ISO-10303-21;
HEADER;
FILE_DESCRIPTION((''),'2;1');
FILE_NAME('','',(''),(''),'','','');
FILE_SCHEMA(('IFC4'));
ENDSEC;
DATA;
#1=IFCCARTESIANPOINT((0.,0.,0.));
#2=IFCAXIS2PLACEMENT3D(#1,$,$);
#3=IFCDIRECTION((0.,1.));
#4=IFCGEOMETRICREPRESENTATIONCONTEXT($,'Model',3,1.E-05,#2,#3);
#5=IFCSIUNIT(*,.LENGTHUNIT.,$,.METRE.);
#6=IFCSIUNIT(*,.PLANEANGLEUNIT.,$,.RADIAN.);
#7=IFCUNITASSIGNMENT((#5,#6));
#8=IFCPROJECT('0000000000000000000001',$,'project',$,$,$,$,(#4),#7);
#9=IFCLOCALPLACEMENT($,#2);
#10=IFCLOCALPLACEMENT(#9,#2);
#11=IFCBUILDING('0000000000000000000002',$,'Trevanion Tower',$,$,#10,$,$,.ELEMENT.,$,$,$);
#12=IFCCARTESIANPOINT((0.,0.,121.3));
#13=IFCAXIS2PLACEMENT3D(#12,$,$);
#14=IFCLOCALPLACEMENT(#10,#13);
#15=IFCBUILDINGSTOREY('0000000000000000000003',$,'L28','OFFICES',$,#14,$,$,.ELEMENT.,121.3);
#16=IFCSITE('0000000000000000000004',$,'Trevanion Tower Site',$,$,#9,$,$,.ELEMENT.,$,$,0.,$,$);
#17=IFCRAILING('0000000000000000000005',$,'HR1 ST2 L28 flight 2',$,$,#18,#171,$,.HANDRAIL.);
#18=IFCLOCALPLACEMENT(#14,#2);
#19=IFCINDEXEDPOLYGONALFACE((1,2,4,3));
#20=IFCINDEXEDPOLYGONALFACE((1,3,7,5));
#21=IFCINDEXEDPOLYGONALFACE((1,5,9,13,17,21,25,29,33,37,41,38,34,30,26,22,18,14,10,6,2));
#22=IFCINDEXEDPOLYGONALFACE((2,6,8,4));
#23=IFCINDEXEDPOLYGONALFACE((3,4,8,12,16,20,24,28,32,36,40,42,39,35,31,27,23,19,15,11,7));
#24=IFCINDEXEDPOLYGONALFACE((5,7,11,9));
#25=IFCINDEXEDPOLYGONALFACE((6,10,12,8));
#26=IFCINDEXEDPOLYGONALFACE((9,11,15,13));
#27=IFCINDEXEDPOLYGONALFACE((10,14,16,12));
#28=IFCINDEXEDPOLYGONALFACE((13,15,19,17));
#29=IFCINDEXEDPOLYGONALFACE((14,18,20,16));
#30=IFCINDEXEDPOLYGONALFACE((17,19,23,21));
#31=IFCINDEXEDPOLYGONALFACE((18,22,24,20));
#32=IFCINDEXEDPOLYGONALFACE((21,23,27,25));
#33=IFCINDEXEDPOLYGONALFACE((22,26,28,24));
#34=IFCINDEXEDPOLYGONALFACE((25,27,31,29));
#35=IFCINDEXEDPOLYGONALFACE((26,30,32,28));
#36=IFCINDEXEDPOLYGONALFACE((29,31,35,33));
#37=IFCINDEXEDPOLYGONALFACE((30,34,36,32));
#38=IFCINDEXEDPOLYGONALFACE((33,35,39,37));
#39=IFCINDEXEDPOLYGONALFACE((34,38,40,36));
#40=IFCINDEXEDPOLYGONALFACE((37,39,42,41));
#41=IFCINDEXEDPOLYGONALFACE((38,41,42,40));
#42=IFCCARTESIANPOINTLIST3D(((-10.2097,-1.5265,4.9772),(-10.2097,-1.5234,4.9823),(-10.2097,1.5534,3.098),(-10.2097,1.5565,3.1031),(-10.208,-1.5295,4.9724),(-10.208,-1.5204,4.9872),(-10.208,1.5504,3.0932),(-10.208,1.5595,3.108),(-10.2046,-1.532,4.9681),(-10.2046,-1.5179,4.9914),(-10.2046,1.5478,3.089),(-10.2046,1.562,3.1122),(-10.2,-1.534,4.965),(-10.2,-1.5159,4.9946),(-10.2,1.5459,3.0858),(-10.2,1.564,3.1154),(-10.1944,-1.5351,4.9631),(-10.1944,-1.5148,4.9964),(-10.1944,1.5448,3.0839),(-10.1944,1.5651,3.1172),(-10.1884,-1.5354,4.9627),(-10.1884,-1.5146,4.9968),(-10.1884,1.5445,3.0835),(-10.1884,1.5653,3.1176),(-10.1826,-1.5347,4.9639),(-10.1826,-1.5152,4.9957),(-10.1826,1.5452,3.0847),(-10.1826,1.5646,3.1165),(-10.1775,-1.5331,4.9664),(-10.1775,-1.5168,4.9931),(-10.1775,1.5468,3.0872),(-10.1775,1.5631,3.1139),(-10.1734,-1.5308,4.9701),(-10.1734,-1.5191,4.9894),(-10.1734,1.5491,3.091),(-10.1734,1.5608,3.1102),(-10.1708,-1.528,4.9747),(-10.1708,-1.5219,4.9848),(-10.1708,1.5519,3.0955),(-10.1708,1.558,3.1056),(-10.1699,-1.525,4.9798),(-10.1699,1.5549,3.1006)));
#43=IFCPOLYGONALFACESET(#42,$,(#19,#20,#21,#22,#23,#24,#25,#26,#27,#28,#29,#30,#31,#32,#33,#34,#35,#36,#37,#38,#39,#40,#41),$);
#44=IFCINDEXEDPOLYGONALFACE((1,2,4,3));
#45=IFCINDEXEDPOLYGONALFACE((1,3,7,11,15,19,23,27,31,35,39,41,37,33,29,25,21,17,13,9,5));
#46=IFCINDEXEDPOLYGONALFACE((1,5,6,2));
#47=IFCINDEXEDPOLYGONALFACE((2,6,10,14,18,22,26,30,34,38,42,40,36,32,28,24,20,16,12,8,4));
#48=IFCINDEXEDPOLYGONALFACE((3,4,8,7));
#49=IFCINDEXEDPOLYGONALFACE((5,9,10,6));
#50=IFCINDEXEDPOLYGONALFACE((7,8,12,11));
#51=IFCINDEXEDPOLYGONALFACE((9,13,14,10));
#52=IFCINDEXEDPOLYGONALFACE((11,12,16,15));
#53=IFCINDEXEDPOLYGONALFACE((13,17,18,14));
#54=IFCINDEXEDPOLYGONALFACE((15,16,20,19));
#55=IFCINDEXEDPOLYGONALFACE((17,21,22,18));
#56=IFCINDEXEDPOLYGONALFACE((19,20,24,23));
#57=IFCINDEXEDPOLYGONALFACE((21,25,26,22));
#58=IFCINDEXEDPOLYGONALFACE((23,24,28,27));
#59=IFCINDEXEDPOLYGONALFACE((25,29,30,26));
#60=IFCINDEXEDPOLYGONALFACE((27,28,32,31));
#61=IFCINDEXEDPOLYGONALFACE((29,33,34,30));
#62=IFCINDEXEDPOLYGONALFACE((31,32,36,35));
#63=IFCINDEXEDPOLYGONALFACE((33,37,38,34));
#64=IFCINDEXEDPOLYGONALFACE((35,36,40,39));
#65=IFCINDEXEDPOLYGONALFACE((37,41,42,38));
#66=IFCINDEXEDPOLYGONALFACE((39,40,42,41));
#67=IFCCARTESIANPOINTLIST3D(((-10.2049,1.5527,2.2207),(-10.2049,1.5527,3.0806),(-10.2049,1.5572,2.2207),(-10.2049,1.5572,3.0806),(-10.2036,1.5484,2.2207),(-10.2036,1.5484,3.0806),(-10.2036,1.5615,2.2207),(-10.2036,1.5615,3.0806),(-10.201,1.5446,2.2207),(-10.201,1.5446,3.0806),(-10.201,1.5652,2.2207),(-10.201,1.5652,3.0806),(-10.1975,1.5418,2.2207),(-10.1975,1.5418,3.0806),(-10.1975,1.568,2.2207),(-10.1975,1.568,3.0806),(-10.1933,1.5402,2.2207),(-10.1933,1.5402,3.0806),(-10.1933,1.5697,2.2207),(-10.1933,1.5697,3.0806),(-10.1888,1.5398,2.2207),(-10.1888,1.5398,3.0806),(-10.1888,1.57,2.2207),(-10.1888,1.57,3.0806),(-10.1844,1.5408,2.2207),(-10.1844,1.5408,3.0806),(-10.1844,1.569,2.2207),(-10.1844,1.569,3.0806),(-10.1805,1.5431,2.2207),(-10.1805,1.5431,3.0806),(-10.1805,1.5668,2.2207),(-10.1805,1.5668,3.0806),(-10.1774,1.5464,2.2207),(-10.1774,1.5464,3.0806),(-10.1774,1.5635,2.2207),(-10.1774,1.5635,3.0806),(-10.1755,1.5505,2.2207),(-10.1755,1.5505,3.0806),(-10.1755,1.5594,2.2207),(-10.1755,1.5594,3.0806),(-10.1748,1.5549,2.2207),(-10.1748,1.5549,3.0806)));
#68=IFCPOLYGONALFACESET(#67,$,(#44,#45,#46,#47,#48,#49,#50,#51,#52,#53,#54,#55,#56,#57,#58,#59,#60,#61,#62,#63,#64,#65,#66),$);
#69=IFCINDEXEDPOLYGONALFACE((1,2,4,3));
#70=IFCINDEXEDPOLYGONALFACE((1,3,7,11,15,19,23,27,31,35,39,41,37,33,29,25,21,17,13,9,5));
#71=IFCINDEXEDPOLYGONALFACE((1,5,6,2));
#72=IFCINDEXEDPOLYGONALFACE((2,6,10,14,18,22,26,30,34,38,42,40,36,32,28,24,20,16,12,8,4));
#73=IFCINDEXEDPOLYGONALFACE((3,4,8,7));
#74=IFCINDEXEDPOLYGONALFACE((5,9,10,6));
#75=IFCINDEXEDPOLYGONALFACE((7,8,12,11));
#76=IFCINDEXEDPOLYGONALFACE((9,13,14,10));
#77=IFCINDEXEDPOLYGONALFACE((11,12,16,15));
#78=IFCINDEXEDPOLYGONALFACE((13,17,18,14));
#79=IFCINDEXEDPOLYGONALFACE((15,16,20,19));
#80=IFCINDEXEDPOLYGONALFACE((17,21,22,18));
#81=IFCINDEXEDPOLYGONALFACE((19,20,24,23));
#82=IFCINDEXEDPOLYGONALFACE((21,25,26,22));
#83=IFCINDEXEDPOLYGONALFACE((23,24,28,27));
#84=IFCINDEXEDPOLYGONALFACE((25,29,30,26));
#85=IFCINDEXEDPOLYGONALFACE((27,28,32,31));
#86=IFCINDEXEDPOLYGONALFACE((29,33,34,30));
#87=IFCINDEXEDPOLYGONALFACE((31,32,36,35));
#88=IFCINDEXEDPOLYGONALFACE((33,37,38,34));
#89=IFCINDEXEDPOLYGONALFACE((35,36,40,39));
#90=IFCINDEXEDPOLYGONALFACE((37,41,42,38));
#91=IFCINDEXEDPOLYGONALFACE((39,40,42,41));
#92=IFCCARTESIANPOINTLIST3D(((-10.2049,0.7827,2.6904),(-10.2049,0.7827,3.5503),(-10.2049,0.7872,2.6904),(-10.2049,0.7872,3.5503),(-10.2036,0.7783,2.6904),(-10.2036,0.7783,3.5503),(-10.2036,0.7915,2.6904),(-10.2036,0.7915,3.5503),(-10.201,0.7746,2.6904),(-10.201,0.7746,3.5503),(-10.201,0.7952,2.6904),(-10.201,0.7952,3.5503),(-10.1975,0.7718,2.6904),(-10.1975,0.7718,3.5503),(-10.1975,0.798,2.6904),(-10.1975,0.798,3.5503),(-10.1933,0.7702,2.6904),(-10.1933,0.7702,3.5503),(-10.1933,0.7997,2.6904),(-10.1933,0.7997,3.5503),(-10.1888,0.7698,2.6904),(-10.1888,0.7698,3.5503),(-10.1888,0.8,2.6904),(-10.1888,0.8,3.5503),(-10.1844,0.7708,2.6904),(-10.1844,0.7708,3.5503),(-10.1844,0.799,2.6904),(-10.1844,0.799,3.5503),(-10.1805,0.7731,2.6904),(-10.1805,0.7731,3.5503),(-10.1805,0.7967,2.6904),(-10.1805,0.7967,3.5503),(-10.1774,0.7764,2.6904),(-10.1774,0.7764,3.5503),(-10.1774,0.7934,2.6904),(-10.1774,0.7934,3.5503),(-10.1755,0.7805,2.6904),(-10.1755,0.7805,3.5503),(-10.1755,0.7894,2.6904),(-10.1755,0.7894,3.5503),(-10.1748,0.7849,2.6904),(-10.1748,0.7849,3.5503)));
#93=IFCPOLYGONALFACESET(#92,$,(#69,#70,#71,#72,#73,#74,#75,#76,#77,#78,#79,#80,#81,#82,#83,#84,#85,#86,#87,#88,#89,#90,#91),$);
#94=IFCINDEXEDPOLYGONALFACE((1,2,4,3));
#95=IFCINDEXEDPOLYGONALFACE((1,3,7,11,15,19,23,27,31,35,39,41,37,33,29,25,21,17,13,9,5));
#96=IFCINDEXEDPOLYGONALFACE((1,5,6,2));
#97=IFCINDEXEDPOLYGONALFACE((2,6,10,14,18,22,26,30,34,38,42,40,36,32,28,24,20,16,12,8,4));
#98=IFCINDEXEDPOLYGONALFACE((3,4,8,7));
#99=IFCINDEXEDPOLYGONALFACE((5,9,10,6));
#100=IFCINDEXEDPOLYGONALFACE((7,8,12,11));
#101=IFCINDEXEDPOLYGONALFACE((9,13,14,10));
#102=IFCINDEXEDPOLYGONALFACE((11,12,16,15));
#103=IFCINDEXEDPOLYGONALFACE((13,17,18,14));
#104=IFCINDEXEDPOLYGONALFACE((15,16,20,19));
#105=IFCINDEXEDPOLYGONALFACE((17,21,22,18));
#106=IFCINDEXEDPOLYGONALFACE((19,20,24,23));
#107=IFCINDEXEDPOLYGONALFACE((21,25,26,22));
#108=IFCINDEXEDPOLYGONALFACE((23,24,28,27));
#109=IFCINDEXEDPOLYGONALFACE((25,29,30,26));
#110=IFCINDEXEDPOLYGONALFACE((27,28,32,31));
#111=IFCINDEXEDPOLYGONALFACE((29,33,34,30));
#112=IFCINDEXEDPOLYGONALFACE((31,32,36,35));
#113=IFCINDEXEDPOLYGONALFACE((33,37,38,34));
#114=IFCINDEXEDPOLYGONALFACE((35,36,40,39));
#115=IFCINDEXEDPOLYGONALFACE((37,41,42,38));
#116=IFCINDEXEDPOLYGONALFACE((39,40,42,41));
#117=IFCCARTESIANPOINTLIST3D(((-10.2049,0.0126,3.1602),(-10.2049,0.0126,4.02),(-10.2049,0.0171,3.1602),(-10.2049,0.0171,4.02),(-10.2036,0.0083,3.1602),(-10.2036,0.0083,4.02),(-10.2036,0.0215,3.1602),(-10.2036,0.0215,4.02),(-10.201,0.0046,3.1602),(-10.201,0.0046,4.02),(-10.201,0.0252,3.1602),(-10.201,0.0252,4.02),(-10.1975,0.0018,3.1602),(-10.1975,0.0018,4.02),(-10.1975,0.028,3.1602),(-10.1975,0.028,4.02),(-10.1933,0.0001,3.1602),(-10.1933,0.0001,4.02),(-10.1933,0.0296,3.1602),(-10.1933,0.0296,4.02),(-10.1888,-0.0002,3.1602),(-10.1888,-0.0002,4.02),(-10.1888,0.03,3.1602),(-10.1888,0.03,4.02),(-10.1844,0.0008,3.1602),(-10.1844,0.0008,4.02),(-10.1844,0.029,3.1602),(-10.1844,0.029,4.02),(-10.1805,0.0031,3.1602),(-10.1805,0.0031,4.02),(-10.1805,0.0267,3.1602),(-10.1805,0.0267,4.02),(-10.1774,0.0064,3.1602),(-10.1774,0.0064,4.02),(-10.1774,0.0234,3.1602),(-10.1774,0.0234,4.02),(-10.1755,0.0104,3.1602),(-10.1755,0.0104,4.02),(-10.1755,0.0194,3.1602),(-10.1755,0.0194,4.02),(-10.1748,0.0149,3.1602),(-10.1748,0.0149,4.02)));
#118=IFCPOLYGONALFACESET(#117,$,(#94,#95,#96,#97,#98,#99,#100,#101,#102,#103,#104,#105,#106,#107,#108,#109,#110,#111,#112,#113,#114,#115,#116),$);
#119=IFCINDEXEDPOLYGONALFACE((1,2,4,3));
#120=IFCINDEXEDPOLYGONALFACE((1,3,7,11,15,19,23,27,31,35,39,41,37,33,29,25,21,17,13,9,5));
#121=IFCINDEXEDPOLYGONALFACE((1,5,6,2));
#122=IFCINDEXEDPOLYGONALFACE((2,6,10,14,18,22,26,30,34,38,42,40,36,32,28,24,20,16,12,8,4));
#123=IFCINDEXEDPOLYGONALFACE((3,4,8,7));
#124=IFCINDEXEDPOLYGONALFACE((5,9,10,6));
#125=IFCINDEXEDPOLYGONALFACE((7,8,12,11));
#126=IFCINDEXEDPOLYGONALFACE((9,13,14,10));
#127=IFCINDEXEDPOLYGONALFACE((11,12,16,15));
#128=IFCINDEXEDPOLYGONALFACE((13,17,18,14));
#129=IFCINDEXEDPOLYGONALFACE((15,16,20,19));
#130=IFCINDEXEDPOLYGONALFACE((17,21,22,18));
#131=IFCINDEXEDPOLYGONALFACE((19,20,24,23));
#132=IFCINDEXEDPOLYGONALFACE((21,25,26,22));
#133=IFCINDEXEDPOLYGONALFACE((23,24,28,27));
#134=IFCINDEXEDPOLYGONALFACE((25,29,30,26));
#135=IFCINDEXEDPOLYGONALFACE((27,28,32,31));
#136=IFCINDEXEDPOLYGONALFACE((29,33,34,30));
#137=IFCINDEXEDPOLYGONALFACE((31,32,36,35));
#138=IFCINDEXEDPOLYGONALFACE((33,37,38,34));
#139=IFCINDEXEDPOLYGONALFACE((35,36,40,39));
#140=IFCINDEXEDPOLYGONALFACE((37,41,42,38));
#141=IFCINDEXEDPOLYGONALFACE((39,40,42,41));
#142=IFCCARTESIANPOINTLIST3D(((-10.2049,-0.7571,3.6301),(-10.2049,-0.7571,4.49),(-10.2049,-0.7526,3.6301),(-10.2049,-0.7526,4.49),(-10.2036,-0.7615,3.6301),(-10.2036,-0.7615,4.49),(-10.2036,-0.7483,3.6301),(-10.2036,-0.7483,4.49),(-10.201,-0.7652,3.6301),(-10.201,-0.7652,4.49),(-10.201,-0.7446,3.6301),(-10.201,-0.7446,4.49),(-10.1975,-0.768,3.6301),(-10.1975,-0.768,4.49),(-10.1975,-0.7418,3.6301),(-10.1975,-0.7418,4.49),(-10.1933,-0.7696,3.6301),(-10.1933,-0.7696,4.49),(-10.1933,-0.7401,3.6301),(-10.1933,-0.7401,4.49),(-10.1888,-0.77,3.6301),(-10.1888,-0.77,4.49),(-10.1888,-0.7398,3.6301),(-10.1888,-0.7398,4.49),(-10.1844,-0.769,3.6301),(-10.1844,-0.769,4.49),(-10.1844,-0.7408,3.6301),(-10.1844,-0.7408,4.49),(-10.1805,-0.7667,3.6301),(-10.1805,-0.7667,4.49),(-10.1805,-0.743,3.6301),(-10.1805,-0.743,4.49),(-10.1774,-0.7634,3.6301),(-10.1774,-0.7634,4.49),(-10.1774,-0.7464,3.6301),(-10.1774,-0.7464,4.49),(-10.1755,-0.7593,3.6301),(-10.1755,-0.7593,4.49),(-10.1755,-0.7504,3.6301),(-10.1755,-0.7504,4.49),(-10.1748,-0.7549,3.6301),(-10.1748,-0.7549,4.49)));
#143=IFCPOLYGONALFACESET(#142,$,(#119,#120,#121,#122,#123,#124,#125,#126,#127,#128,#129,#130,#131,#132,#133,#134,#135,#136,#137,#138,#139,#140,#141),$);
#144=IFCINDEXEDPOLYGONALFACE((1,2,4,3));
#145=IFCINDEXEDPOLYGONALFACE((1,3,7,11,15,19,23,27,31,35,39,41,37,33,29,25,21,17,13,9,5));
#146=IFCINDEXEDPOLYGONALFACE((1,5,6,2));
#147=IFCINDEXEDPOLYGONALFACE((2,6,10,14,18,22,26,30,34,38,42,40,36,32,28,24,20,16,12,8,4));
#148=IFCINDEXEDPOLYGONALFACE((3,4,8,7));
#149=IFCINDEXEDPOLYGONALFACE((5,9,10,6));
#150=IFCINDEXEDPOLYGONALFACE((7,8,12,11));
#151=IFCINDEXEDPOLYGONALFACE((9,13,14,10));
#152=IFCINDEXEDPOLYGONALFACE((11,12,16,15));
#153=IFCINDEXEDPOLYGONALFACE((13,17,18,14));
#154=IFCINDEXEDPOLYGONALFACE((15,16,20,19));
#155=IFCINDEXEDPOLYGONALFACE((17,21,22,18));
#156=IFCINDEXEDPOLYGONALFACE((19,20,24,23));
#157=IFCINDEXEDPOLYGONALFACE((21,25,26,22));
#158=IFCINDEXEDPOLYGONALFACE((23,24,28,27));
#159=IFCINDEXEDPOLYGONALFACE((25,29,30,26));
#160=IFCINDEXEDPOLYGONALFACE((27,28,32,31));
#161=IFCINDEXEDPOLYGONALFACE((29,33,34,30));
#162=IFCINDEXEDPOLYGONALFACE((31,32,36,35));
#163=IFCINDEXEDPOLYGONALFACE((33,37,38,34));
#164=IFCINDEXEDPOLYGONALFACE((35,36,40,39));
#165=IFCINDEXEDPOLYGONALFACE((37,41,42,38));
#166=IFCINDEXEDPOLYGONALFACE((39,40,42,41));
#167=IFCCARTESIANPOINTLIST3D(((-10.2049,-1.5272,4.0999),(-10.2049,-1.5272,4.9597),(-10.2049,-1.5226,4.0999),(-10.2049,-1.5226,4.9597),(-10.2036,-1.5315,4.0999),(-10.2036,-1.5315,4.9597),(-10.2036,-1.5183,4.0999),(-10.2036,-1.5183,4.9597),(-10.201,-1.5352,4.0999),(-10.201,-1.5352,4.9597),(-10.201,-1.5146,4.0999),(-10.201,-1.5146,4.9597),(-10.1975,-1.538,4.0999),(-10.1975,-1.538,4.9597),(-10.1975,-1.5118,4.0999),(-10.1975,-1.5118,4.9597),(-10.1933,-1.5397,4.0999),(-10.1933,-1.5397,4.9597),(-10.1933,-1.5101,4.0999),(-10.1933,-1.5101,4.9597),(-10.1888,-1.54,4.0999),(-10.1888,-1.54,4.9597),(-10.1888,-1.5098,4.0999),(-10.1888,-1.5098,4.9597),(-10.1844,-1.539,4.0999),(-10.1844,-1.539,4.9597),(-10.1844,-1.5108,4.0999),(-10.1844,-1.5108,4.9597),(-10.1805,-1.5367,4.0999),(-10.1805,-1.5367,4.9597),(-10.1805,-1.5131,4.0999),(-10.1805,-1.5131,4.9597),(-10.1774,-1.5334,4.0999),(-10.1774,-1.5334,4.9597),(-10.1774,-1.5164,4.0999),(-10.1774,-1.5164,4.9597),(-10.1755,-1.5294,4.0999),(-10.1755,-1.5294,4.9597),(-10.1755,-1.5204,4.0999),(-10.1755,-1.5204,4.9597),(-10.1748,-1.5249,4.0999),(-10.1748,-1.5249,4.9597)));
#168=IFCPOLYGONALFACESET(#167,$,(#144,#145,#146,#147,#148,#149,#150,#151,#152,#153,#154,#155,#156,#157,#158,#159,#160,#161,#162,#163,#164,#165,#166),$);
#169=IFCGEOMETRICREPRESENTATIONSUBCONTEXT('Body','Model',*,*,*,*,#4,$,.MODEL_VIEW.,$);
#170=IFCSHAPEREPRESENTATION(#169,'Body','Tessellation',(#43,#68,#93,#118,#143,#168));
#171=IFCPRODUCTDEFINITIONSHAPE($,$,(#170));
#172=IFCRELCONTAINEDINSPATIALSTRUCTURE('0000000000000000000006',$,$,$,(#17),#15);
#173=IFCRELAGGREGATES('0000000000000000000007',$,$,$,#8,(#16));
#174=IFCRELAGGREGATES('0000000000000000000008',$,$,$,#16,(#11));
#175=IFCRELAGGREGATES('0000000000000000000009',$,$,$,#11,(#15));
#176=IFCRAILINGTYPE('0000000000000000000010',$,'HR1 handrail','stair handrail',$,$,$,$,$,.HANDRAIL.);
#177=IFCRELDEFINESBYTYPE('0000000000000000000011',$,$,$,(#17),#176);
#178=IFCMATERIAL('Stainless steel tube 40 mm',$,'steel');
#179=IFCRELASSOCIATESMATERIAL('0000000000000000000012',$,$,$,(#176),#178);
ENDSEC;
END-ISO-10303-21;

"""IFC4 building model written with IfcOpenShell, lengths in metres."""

from ifc_helpers import new_model, si_unit, direction, frame, origin, origin_2d, place, context, subcontext, project, spatial, circle, extrude, material, type_object, element, save


model = new_model("IFC4")

# Units and contexts
model_context = context("Model", 3, precision=1e-05, world=origin(), true_north=direction((0.0, 1.0)))
body_context = subcontext(model_context, "Body", "Model", "MODEL_VIEW")
ifc_project = project(units=[si_unit("LENGTHUNIT", "METRE"), si_unit("PLANEANGLEUNIT", "RADIAN")], contexts=[model_context])

# Site, building, storey
site_placement = place(None, origin())
site = spatial("IfcSite", under=ifc_project, at=site_placement, Name="Trevanion Tower Site", CompositionType="ELEMENT", RefElevation=0.0)
building_placement = place(site_placement, origin())
building = spatial("IfcBuilding", under=site, at=building_placement, Name="Trevanion Tower", CompositionType="ELEMENT")
storey_placement = place(building_placement, frame((0.0, 0.0, 121.3)))
storey = spatial("IfcBuildingStorey", under=building, at=storey_placement, Name="L28", Description="OFFICES", CompositionType="ELEMENT", Elevation=121.3)

# Railing
ifc_material_1 = material(Name="Stainless steel tube 40 mm", Category="steel")
railing_type = type_object("IfcRailingType", Name="HR1 handrail", Description="stair handrail", PredefinedType="HANDRAIL", material=ifc_material_1)
for number, where, name in (
    (1, (-10.1899, 1.5549, 2.2207), "HR1 ST2 L28 flight 2"),
):
    element("IfcRailing", number, at=place(storey_placement, frame(where)), inside=storey, type_object=railing_type, Name=name, PredefinedType="HANDRAIL", context=body_context, shape_type="SweptSolid", body=[
        extrude(circle(Radius=0.02, at=origin_2d()), frame((0.0, 0.0, 0.8799), z_axis=(0.0, -0.853648, 0.52085), x_axis=(1.0, 0.0, 0.0)), (0.0, 0.0, 1.0), 3.6079),
        extrude(circle(Radius=0.0151, at=origin_2d()), origin(), (0.0, 0.0, 1.0), 0.8599),
        extrude(circle(Radius=0.0151, at=origin_2d()), frame((0.0, -0.77, 0.4697)), (0.0, 0.0, 1.0), 0.8599),
        extrude(circle(Radius=0.0151, at=origin_2d()), frame((0.0, -1.54, 0.9395)), (0.0, 0.0, 1.0), 0.8599),
        extrude(circle(Radius=0.0151, at=origin_2d()), frame((0.0, -2.3098, 1.4094)), (0.0, 0.0, 1.0), 0.8599),
        extrude(circle(Radius=0.0151, at=origin_2d()), frame((0.0, -3.0798, 1.8792)), (0.0, 0.0, 1.0), 0.8599),
    ])

save(model, "model.ifc")
